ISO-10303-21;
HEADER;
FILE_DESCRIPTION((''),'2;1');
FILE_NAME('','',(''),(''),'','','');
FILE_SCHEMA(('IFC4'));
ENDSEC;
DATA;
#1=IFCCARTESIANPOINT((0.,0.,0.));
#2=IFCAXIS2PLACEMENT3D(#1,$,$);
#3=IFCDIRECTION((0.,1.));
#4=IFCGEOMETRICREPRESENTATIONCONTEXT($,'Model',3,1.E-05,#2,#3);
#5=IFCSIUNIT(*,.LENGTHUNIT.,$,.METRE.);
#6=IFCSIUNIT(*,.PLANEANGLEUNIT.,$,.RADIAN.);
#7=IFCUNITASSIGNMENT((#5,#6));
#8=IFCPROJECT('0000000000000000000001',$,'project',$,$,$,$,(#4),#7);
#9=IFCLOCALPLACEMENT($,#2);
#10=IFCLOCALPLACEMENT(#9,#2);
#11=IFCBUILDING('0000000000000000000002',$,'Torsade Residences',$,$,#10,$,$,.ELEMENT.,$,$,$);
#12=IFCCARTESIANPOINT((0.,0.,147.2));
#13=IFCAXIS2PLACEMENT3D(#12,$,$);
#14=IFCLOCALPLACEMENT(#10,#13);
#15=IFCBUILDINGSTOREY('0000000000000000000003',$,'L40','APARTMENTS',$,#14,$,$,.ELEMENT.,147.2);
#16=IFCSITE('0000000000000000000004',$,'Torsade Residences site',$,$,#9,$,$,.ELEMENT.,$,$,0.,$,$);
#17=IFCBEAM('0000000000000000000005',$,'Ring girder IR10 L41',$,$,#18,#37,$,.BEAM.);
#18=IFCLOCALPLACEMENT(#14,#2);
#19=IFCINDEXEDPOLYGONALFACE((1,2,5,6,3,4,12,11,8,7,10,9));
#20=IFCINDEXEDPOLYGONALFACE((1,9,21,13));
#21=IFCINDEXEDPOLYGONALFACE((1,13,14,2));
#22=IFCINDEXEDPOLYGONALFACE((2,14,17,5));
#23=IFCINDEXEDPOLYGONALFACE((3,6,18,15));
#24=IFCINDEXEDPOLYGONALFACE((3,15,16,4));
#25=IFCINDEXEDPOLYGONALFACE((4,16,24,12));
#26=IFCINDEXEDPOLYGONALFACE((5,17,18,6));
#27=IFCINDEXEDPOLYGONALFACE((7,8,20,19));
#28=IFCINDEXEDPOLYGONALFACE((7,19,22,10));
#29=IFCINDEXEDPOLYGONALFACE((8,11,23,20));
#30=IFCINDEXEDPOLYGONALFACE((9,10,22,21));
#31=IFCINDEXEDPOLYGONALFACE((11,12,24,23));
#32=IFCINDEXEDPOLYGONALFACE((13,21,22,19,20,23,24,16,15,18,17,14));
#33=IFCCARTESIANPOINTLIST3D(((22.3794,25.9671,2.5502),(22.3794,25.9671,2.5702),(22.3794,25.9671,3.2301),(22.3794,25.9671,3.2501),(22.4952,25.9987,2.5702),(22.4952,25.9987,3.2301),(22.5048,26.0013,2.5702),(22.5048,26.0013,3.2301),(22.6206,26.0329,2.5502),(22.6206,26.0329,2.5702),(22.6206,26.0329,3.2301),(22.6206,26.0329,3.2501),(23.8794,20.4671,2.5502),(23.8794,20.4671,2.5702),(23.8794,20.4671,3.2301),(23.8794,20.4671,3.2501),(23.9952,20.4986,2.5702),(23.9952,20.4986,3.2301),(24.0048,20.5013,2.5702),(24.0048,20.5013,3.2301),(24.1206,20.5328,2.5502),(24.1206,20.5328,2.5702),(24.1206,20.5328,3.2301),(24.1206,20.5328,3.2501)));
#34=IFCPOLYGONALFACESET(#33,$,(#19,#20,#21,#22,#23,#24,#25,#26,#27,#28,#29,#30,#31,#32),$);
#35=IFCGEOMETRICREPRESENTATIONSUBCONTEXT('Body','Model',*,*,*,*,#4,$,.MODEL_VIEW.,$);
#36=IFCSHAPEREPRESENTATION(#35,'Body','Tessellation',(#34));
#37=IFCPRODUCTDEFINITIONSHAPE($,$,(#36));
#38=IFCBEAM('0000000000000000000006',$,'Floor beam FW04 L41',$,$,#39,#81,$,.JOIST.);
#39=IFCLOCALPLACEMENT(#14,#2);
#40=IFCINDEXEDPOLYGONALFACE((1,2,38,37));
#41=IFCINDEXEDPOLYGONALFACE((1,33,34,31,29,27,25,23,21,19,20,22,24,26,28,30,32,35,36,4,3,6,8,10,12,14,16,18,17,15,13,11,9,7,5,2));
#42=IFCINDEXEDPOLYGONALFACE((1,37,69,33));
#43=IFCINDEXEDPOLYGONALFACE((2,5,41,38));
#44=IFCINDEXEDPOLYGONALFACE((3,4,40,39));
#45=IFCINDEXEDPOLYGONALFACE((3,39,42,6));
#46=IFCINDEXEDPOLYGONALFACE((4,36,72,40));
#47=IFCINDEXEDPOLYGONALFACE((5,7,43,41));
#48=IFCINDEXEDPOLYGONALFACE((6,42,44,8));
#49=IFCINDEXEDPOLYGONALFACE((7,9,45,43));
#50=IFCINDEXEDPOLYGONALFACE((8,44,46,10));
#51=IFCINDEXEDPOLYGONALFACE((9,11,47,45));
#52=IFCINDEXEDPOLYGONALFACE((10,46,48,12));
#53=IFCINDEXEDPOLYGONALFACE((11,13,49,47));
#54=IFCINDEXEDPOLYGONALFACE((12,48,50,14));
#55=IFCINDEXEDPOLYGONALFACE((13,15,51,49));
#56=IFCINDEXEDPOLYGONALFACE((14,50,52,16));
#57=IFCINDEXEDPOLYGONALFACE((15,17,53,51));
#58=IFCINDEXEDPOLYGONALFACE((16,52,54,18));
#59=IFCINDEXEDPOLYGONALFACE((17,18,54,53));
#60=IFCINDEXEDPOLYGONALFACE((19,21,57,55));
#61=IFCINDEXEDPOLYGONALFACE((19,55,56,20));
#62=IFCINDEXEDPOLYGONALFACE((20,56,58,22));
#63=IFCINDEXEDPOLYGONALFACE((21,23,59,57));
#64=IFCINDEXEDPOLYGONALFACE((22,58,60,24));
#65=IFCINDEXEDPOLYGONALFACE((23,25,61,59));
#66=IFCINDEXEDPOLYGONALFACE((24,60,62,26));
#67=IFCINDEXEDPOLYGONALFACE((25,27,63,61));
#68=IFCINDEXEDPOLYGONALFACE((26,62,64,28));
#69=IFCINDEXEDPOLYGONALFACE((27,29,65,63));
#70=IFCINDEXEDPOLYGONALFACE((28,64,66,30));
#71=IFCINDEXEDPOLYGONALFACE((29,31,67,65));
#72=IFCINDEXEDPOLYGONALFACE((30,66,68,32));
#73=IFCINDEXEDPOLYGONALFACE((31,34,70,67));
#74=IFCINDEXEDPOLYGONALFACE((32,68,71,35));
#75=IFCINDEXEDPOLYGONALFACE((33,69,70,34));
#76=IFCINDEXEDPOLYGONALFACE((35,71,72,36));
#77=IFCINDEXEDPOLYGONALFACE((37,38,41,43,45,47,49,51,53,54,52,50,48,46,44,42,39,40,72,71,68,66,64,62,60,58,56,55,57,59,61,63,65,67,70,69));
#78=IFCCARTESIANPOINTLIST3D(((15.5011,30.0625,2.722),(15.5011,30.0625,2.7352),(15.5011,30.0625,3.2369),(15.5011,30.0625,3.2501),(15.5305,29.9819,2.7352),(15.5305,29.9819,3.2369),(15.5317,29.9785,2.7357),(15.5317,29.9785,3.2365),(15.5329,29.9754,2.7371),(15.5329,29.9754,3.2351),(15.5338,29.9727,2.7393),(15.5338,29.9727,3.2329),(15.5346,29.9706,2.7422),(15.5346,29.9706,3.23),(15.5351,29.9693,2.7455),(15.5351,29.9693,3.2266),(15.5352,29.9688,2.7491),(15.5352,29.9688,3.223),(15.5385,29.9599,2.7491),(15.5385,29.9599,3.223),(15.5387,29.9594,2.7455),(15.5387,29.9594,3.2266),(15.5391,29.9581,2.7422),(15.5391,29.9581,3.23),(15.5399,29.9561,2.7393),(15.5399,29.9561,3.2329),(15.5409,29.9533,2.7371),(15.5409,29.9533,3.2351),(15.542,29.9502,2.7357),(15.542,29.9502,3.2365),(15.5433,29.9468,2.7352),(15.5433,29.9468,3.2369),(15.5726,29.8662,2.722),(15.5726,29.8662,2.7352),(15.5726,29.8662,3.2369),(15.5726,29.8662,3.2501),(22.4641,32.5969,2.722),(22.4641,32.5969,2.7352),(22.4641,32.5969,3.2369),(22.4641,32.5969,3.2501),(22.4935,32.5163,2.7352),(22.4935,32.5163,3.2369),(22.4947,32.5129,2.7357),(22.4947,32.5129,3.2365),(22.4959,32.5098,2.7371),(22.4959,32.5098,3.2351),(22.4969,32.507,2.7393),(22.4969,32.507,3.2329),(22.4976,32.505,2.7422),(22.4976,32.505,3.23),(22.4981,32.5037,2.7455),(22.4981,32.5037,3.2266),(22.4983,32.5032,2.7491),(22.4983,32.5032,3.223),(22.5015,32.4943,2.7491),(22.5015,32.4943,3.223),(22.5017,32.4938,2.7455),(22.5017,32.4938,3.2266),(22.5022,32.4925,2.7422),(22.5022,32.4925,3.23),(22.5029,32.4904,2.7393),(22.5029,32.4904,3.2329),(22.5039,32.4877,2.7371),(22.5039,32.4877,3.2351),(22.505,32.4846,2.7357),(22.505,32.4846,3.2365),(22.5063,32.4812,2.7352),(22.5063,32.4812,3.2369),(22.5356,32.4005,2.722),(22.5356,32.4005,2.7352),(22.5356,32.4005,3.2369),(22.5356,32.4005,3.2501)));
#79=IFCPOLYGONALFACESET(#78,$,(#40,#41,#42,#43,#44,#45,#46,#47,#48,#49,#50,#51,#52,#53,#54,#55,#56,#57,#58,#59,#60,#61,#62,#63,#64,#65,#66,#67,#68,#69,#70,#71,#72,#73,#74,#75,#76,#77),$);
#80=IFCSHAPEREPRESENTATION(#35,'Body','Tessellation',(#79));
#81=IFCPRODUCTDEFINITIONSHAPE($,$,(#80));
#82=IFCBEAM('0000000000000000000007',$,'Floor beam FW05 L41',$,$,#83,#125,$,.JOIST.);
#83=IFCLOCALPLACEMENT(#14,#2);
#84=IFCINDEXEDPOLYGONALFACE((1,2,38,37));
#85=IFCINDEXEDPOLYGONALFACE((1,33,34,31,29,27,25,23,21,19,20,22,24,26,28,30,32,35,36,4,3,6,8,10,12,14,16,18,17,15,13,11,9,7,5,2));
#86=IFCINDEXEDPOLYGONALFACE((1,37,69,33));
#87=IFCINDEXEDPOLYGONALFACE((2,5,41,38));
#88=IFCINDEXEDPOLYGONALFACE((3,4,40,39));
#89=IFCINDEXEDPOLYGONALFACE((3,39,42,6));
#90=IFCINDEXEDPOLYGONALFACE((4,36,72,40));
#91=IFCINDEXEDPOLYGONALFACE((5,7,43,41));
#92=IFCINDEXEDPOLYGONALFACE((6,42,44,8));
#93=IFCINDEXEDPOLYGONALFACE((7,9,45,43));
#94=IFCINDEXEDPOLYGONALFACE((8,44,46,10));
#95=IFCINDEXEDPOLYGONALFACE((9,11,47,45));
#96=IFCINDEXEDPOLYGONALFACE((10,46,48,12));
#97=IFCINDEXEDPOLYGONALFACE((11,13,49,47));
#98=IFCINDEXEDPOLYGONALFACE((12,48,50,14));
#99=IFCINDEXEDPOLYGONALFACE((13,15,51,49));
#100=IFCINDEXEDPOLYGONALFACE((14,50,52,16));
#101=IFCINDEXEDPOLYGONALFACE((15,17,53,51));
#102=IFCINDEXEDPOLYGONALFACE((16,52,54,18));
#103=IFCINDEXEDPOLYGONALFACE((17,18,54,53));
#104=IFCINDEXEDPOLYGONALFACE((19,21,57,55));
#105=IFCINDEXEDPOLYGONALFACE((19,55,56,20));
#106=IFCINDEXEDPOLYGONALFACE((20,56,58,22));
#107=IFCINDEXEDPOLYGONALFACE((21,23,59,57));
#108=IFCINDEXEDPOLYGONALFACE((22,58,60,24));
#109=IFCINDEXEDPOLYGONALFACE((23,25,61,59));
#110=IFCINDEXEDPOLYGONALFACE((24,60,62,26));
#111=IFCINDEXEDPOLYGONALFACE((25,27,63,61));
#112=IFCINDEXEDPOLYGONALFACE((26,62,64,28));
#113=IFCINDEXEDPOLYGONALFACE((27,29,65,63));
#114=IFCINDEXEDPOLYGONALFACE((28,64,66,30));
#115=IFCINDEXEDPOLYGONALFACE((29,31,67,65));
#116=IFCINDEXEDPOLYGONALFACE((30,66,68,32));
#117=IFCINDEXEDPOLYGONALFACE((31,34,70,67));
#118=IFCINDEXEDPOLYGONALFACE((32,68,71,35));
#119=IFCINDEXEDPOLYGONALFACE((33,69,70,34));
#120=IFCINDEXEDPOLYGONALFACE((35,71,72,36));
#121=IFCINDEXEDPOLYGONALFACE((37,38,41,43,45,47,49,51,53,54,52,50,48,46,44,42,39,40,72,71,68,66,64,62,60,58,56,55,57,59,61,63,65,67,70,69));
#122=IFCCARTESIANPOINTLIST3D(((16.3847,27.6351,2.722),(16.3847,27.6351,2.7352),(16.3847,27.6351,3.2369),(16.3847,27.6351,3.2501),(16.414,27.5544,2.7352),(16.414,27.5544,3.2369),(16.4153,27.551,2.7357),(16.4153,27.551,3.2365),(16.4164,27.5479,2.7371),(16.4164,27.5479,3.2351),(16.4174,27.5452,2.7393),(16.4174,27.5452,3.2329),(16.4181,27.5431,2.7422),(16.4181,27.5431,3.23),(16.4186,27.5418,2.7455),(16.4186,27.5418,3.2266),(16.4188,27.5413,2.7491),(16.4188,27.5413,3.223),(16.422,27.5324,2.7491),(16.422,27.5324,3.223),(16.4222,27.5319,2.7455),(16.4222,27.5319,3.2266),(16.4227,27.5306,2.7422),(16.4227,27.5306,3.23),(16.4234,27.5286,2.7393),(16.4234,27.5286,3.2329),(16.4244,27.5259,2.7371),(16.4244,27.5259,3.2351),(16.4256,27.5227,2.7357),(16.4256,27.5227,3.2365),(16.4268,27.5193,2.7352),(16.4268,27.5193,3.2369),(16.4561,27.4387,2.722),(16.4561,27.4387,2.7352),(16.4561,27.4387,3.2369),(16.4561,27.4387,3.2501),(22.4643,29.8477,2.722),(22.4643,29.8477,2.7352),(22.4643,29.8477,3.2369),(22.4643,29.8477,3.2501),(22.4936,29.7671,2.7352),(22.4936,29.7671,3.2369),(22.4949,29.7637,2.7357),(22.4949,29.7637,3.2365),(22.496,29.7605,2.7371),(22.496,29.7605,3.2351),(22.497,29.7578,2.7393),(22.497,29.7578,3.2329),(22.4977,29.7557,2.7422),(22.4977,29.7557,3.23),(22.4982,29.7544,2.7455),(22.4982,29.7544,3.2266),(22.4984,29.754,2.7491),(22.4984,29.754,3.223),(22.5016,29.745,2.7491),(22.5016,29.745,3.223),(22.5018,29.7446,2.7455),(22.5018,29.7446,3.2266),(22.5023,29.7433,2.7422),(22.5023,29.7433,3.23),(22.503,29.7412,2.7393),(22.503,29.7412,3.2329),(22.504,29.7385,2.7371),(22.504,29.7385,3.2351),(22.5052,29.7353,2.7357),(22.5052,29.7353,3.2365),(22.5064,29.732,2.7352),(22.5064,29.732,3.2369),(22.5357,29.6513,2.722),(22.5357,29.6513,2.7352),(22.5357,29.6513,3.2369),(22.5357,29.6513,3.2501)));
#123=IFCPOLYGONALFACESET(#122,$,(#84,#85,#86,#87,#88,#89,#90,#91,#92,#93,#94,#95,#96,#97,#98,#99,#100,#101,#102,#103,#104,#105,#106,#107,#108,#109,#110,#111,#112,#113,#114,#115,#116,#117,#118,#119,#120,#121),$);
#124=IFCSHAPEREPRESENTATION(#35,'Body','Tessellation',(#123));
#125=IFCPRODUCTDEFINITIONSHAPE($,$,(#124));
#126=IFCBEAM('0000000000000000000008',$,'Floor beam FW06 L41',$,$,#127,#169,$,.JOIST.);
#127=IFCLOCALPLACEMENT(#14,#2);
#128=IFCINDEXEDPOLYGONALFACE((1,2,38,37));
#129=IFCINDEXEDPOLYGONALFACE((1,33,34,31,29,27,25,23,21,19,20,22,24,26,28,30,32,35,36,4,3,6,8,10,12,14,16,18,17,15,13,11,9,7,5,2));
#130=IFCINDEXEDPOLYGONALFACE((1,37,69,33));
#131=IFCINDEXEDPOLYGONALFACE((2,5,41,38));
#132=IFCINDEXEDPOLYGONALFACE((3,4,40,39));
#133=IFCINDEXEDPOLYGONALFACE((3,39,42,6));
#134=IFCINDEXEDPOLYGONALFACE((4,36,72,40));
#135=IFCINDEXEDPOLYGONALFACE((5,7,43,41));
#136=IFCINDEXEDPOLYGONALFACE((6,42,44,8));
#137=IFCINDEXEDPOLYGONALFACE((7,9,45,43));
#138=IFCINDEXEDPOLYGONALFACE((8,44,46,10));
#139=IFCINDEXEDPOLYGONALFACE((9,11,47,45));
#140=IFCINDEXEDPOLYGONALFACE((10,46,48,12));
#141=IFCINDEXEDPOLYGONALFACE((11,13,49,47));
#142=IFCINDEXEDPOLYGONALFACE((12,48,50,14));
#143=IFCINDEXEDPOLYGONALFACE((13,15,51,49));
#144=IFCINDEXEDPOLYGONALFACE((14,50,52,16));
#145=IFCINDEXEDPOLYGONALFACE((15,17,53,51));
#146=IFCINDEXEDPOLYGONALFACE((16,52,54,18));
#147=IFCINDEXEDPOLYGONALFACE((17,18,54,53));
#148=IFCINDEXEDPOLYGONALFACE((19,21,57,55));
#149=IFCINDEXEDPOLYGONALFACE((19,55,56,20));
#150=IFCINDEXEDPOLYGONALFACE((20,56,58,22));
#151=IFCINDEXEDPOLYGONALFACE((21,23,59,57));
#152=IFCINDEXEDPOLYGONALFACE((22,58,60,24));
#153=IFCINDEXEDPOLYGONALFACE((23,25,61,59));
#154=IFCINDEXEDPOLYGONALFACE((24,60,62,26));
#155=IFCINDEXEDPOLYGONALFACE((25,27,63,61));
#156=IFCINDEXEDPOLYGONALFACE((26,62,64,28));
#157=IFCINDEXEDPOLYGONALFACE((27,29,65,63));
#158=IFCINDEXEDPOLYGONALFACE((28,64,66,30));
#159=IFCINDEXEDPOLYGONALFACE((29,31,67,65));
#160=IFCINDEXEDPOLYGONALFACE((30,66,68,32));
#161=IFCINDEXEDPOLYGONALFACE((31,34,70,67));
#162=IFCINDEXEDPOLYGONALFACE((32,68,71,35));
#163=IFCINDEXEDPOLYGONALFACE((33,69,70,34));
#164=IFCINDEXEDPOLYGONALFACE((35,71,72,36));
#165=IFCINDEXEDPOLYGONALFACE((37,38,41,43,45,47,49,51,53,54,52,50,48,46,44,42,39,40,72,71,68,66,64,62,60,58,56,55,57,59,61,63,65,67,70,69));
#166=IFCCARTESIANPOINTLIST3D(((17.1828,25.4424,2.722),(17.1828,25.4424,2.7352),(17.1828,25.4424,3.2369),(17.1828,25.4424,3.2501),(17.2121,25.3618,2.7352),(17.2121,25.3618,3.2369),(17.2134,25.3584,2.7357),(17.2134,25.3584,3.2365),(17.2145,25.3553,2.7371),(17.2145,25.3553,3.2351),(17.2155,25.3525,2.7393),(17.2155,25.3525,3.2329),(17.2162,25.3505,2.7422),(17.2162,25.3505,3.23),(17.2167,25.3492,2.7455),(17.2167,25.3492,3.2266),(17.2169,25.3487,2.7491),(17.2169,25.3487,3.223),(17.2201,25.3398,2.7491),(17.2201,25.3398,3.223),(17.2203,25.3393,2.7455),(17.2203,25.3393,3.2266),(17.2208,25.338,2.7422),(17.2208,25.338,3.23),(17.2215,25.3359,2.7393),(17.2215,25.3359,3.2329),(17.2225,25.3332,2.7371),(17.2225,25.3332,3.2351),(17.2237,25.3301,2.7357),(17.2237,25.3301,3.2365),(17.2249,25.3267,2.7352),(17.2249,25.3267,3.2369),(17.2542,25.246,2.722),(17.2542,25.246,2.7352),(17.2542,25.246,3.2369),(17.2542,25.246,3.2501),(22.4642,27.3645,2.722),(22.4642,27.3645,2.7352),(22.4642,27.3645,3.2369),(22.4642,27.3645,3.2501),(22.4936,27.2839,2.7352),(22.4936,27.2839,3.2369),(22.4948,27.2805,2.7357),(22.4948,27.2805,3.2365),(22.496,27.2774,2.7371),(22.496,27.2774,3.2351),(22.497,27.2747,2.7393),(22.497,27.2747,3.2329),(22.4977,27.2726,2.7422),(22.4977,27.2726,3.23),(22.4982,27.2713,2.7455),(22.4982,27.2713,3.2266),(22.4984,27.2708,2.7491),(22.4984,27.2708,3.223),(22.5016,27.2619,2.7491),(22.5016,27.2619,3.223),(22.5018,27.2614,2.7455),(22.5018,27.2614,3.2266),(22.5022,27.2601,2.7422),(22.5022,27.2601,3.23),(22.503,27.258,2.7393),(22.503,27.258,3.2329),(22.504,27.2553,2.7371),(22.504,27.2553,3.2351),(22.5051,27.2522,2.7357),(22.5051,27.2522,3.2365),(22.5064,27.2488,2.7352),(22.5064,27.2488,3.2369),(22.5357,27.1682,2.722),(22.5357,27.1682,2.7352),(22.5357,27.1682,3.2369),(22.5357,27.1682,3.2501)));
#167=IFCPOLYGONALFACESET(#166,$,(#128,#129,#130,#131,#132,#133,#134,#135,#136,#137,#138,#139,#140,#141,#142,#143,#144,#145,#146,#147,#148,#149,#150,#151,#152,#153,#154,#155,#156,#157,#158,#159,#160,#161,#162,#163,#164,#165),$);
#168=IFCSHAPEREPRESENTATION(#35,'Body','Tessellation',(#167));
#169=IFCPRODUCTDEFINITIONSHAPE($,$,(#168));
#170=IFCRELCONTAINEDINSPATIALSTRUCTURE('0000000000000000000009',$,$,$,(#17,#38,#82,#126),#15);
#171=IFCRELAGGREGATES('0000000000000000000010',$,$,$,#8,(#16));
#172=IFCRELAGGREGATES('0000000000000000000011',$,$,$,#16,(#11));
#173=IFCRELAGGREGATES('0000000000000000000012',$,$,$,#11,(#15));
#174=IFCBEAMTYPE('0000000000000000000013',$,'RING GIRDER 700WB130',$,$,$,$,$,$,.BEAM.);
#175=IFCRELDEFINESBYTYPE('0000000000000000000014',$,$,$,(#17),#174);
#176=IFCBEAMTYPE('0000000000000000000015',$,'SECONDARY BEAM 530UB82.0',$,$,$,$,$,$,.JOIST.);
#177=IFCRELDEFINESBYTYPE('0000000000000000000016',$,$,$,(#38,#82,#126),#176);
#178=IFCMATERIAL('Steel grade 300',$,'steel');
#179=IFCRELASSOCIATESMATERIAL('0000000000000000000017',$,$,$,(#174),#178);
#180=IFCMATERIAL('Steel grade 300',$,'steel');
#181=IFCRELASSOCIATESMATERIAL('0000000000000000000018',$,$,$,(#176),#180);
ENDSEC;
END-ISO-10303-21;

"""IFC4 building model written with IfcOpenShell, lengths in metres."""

from ifc_helpers import new_model, si_unit, direction, frame, origin, origin_2d, place, context, subcontext, project, spatial, i_section, extrude, material, material_profile, profile_set, type_object, element, save


model = new_model("IFC4")

# Units and contexts
model_context = context("Model", 3, precision=1e-05, world=origin(), true_north=direction((0.0, 1.0)))
body_context = subcontext(model_context, "Body", "Model", "MODEL_VIEW")
ifc_project = project(units=[si_unit("LENGTHUNIT", "METRE"), si_unit("PLANEANGLEUNIT", "RADIAN")], contexts=[model_context])

# Site, building, storey
site_placement = place(None, origin())
site = spatial("IfcSite", under=ifc_project, at=site_placement, Name="Torsade Residences site", CompositionType="ELEMENT", RefElevation=0.0)
building_placement = place(site_placement, origin())
building = spatial("IfcBuilding", under=site, at=building_placement, Name="Torsade Residences", CompositionType="ELEMENT")
storey_placement = place(building_placement, frame((0.0, 0.0, 147.2)))
storey = spatial("IfcBuildingStorey", under=building, at=storey_placement, Name="L40", Description="APARTMENTS", CompositionType="ELEMENT", Elevation=147.2)

# Beams
ifc_material_1 = material(Name="Steel grade 300", Category="steel")
ifc_material_profile_1 = material_profile(ifc_material_1, i_section(OverallWidth=0.25, OverallDepth=0.7, WebThickness=0.01, FlangeThickness=0.02, at=origin_2d()), Name="700WB130")
ifc_profile_set_1 = profile_set([ifc_material_profile_1], Name="Steel grade 300")
beam_type_1 = type_object("IfcBeamType", Name="RING GIRDER 700WB130", PredefinedType="BEAM", material=ifc_profile_set_1)
beam_1_placement = place(storey_placement, frame((22.5, 26.0, 2.9001), z_axis=(0.263117, -0.964764, 0.0), x_axis=(0.964764, 0.263117, 0.0)))
element("IfcBeam", 1, at=beam_1_placement, inside=storey, type_object=beam_type_1, Name="Ring girder IR10 L41", PredefinedType="BEAM", context=body_context, shape_type="SweptSolid", body=[
    extrude(i_section(OverallWidth=0.25, OverallDepth=0.7, WebThickness=0.01, FlangeThickness=0.02, at=origin_2d()), origin(), (0.0, 0.0, 1.0), 5.7009),
])
ifc_material_2 = material(Name="Steel grade 300", Category="steel")
ifc_material_profile_2 = material_profile(ifc_material_2, i_section(OverallWidth=0.209, OverallDepth=0.5281, WebThickness=0.0095, FlangeThickness=0.0132, FilletRadius=0.0139, at=origin_2d()), Name="530UB82.0")
ifc_profile_set_2 = profile_set([ifc_material_profile_2], Name="Steel grade 300")
beam_type_2 = type_object("IfcBeamType", Name="SECONDARY BEAM 530UB82.0", PredefinedType="JOIST", material=ifc_profile_set_2)
beam_2_placement = place(storey_placement, frame((15.5369, 29.9644, 2.9861), z_axis=(0.93969, 0.342026, 0.0), x_axis=(-0.342026, 0.93969, 0.0)))
element("IfcBeam", 2, at=beam_2_placement, inside=storey, type_object=beam_type_2, Name="Floor beam FW04 L41", PredefinedType="JOIST", context=body_context, shape_type="SweptSolid", body=[
    extrude(i_section(OverallWidth=0.209, OverallDepth=0.5281, WebThickness=0.0095, FlangeThickness=0.0132, FilletRadius=0.0139, at=origin_2d()), origin(), (0.0, 0.0, 1.0), 7.4099),
])
beam_3_placement = place(storey_placement, frame((16.4204, 27.5369, 2.9861), z_axis=(0.9397, 0.342001, 0.0), x_axis=(-0.342001, 0.9397, 0.0)))
element("IfcBeam", 3, at=beam_3_placement, inside=storey, type_object=beam_type_2, Name="Floor beam FW05 L41", PredefinedType="JOIST", context=body_context, shape_type="SweptSolid", body=[
    extrude(i_section(OverallWidth=0.209, OverallDepth=0.5281, WebThickness=0.0095, FlangeThickness=0.0132, FilletRadius=0.0139, at=origin_2d()), origin(), (0.0, 0.0, 1.0), 6.4697),
])
beam_4_placement = place(storey_placement, frame((17.2185, 25.3442, 2.9861), z_axis=(0.939703, 0.341991, 0.0), x_axis=(-0.341991, 0.939703, 0.0)))
element("IfcBeam", 4, at=beam_4_placement, inside=storey, type_object=beam_type_2, Name="Floor beam FW06 L41", PredefinedType="JOIST", context=body_context, shape_type="SweptSolid", body=[
    extrude(i_section(OverallWidth=0.209, OverallDepth=0.5281, WebThickness=0.0095, FlangeThickness=0.0132, FilletRadius=0.0139, at=origin_2d()), origin(), (0.0, 0.0, 1.0), 5.6204),
])

save(model, "model.ifc")
